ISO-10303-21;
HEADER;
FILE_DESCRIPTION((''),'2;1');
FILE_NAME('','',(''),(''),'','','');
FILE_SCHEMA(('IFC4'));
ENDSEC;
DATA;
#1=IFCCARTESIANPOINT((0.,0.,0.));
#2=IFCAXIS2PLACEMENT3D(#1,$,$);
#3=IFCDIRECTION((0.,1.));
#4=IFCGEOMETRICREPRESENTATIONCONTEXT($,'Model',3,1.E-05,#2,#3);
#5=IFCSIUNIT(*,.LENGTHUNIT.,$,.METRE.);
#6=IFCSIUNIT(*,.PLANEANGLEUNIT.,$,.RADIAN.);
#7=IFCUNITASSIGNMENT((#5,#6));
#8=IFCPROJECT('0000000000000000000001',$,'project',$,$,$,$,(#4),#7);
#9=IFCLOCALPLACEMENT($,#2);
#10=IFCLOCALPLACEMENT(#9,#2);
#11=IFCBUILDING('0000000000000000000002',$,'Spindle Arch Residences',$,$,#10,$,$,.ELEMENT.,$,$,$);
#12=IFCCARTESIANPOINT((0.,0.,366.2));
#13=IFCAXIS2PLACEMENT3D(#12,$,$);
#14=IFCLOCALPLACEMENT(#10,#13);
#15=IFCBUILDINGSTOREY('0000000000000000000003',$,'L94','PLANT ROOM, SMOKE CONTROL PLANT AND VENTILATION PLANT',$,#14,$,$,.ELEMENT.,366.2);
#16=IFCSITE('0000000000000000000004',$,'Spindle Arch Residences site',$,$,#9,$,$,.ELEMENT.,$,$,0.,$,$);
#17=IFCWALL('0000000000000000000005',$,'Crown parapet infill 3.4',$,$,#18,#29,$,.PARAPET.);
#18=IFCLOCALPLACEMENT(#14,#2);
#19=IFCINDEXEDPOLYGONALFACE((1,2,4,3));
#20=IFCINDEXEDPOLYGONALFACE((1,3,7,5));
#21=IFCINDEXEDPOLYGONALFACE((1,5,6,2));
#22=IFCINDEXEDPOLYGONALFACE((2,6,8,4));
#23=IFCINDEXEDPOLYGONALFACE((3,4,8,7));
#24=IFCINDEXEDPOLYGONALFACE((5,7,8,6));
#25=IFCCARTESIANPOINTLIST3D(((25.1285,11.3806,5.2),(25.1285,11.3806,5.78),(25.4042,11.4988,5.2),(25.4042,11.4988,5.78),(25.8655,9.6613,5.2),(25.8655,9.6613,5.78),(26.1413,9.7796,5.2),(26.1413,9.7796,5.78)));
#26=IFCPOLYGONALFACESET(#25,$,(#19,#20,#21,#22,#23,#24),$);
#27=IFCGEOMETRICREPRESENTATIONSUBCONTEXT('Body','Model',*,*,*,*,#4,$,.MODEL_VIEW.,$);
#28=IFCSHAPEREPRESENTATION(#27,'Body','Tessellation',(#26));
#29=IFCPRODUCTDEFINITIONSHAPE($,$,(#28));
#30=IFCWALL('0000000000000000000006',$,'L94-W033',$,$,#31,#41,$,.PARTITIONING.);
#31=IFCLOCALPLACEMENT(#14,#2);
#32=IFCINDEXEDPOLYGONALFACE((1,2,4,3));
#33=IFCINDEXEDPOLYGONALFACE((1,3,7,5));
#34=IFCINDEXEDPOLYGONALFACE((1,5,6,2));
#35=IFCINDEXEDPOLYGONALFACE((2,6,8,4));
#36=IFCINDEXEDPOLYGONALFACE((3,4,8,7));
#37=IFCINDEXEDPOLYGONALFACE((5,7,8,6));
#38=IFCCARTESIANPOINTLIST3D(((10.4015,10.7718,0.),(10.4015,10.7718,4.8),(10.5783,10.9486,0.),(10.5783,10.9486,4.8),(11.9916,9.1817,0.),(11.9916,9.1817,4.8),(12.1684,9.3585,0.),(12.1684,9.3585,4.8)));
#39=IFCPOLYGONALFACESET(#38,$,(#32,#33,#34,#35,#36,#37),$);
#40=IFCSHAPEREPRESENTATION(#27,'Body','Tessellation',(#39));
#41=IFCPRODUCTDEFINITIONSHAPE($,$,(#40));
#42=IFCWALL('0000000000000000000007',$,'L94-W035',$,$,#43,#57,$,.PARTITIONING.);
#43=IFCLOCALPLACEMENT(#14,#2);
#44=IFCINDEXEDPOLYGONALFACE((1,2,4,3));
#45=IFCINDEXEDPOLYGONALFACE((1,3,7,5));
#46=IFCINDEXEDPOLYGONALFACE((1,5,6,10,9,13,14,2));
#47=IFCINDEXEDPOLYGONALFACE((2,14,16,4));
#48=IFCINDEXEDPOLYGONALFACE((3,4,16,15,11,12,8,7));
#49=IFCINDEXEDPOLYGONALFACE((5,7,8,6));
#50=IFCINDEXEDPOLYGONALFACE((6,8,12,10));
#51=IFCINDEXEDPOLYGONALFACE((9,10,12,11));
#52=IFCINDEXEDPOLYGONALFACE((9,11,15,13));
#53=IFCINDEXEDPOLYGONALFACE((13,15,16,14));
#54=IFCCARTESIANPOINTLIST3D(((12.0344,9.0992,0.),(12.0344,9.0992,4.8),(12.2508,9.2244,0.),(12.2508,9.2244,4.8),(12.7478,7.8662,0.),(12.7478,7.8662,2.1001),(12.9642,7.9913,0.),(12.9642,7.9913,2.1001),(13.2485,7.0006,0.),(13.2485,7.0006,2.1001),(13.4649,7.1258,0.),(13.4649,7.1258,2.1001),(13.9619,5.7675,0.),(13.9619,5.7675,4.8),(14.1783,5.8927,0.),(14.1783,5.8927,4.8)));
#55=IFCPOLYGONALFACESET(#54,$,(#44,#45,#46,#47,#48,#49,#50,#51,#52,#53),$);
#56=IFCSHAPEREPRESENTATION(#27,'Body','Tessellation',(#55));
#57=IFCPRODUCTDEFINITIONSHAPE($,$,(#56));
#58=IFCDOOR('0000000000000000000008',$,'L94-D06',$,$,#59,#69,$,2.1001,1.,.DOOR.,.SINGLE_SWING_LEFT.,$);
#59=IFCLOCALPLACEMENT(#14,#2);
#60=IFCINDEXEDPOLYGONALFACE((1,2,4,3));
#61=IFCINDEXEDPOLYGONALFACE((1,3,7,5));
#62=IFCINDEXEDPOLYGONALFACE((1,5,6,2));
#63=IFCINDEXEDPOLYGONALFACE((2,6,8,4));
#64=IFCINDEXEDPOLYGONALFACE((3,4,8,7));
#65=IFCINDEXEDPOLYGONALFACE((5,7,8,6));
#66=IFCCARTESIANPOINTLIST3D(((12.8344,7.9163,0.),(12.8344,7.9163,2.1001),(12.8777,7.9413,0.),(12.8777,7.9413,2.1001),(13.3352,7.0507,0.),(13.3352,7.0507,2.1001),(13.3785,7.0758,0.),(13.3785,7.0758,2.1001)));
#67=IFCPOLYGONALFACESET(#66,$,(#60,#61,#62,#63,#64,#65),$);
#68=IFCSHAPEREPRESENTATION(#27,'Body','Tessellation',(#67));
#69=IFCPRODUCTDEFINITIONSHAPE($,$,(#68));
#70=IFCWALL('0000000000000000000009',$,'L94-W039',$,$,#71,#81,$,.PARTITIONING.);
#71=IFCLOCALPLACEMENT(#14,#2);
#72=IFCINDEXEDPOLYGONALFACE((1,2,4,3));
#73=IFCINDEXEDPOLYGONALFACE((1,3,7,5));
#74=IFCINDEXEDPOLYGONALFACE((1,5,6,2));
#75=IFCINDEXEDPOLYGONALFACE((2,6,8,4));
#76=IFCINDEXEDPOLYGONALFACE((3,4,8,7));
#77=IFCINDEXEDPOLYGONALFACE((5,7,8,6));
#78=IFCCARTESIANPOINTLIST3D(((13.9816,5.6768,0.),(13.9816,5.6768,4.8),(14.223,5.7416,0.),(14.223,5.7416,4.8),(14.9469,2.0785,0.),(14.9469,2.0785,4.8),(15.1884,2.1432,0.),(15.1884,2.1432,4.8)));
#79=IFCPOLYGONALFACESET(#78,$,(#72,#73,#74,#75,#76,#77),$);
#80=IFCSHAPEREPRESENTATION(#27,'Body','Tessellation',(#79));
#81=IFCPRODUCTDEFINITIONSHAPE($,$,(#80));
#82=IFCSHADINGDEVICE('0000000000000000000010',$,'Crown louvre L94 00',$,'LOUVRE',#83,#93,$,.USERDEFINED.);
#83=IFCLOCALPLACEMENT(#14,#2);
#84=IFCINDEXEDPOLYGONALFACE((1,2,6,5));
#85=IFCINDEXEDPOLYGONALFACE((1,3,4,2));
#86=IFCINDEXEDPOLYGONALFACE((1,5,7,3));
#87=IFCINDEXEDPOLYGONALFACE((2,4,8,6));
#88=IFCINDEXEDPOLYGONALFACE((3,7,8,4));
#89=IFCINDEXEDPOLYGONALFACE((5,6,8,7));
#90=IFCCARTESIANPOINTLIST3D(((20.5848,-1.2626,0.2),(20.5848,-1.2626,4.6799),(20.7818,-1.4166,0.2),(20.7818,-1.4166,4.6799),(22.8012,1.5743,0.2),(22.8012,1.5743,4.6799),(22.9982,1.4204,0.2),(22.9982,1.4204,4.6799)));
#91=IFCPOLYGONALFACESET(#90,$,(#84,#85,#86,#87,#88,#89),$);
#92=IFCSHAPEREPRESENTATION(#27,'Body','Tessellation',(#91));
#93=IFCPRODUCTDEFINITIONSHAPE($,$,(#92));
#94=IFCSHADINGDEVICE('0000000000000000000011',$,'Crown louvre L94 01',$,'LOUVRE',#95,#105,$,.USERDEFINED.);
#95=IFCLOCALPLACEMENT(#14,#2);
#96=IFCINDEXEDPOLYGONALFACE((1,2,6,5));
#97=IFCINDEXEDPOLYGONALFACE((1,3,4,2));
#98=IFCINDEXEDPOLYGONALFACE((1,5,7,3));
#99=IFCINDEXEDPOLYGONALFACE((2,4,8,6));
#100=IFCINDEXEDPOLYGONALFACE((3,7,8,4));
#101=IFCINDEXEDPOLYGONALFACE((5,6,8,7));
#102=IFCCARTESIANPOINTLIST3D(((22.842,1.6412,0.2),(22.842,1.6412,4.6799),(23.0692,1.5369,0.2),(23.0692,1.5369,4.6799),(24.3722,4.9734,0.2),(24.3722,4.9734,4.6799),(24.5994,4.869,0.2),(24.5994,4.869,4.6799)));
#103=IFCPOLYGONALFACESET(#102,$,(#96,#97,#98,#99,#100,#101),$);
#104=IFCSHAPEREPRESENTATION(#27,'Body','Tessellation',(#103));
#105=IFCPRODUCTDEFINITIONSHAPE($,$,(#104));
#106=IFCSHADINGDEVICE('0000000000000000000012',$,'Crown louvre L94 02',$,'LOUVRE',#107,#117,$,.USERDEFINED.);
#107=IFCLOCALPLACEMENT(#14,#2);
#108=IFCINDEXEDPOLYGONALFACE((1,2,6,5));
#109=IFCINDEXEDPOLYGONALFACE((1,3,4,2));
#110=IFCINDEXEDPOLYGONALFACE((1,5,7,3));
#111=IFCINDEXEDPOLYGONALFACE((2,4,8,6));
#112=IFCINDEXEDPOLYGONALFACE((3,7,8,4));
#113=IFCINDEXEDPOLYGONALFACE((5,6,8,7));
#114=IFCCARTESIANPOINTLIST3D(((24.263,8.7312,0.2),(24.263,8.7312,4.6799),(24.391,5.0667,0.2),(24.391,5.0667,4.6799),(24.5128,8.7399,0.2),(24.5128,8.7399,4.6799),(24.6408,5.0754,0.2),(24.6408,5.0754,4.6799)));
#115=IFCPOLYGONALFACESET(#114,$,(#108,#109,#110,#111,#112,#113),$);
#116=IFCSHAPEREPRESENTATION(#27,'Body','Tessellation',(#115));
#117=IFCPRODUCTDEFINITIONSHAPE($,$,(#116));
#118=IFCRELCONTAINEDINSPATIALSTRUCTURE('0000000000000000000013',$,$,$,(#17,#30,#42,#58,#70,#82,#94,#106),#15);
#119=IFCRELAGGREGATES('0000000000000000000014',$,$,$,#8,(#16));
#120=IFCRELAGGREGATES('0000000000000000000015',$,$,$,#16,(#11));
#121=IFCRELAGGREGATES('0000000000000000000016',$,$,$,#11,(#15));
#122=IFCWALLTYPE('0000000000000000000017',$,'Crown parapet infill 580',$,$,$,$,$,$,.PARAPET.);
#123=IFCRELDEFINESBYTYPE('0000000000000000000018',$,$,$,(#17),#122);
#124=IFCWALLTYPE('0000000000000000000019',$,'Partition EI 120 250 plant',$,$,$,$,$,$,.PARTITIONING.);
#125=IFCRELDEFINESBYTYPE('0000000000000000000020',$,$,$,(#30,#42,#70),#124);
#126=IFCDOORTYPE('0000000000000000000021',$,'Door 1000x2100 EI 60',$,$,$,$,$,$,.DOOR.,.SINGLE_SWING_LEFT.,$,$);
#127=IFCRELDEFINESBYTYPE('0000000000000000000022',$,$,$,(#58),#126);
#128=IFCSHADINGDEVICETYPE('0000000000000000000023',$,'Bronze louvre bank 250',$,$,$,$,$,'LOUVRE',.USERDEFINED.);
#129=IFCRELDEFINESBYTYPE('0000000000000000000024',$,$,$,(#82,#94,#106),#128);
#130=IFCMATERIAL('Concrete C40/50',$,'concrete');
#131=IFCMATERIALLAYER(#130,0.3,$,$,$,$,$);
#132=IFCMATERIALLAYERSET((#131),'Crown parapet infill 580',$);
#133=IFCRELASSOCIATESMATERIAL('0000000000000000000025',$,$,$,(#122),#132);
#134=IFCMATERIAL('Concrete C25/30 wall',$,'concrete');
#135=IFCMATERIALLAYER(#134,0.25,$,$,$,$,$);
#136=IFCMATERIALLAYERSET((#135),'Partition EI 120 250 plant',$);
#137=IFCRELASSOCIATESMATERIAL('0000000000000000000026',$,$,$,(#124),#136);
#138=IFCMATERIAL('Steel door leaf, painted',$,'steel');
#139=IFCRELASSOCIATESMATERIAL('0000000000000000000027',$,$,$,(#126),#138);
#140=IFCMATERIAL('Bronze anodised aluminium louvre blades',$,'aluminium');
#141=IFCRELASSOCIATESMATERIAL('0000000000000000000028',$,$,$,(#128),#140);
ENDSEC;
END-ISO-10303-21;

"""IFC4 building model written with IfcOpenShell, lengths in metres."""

from ifc_helpers import new_model, si_unit, direction, frame, frame_2d, origin, origin_2d, place, context, subcontext, project, spatial, rectangle, extrude, material, layer, layer_set, type_object, element, fill, save


model = new_model("IFC4")

# Units and contexts
model_context = context("Model", 3, precision=1e-05, world=origin(), true_north=direction((0.0, 1.0)))
body_context = subcontext(model_context, "Body", "Model", "MODEL_VIEW")
ifc_project = project(units=[si_unit("LENGTHUNIT", "METRE"), si_unit("PLANEANGLEUNIT", "RADIAN")], contexts=[model_context])

# Site, building, storey
site_placement = place(None, origin())
site = spatial("IfcSite", under=ifc_project, at=site_placement, Name="Spindle Arch Residences site", CompositionType="ELEMENT", RefElevation=0.0)
building_placement = place(site_placement, origin())
building = spatial("IfcBuilding", under=site, at=building_placement, Name="Spindle Arch Residences", CompositionType="ELEMENT")
storey_placement = place(building_placement, frame((0.0, 0.0, 366.2)))
storey = spatial("IfcBuildingStorey", under=building, at=storey_placement, Name="L94", Description="PLANT ROOM, SMOKE CONTROL PLANT AND VENTILATION PLANT", CompositionType="ELEMENT", Elevation=366.2)

# Walls
ifc_material_1 = material(Name="Concrete C40/50", Category="concrete")
ifc_layer_1 = layer(ifc_material_1, 0.3)
ifc_layer_set_1 = layer_set([ifc_layer_1], Name="Crown parapet infill 580")
wall_type_1 = type_object("IfcWallType", Name="Crown parapet infill 580", PredefinedType="PARAPET", material=ifc_layer_set_1)
wall_1_placement = place(storey_placement, frame((26.0034, 9.7205, 5.2), z_axis=(0.0, 0.0, 1.0), x_axis=(-0.39403, 0.919098, 0.0)))
element("IfcWall", 1, at=wall_1_placement, inside=storey, type_object=wall_type_1, Name="Crown parapet infill 3.4", PredefinedType="PARAPET", context=body_context, shape_type="SweptSolid", body=[
    extrude(rectangle(XDim=1.8706, YDim=0.3, at=frame_2d((0.9353, 0.0))), origin(), (0.0, 0.0, 1.0), 0.5801),
])
ifc_material_2 = material(Name="Concrete C25/30 wall", Category="concrete")
ifc_layer_2 = layer(ifc_material_2, 0.25)
ifc_layer_set_2 = layer_set([ifc_layer_2], Name="Partition EI 120 250 plant")
wall_type_2 = type_object("IfcWallType", Name="Partition EI 120 250 plant", PredefinedType="PARTITIONING", material=ifc_layer_set_2)
wall_2_placement = place(storey_placement, frame((12.0801, 9.27, 0.0), z_axis=(0.0, 0.0, 1.0), x_axis=(-0.707107, 0.707107, 0.0)))
element("IfcWall", 2, at=wall_2_placement, inside=storey, type_object=wall_type_2, Name="L94-W033", PredefinedType="PARTITIONING", context=body_context, shape_type="SweptSolid", body=[
    extrude(rectangle(XDim=2.2488, YDim=0.25, at=frame_2d((1.1245, 0.0))), origin(), (0.0, 0.0, 1.0), 4.8),
])

# Wall, opening, door
wall_3_placement = place(storey_placement, frame((14.0701, 5.8301, 0.0), z_axis=(0.0, 0.0, 1.0), x_axis=(-0.500756, 0.865588, 0.0)))
wall_3 = element("IfcWall", 3, at=wall_3_placement, inside=storey, type_object=wall_type_2, Name="L94-W035", PredefinedType="PARTITIONING", context=body_context, shape_type="SweptSolid", body=[
    extrude(rectangle(XDim=3.8491, YDim=0.25, at=frame_2d((1.9246, 0.0))), origin(), (0.0, 0.0, 1.0), 4.8),
])
opening_placement = place(wall_3_placement, frame((1.4246, 0.0, 0.0)))
opening = element("IfcOpeningElement", 4, at=opening_placement, cuts=wall_3, PredefinedType="OPENING", context=body_context, shape_type="SweptSolid", body=[
    extrude(rectangle(XDim=1.0, YDim=2.1001, at=frame_2d((0.5, 1.05))), frame((0.0, 0.135, 0.0), z_axis=(0.0, -1.0, 0.0), x_axis=(1.0, 0.0, 0.0)), (0.0, 0.0, 1.0), 0.27),
])
ifc_material_3 = material(Name="Steel door leaf, painted", Category="steel")
door_type = type_object("IfcDoorType", Name="Door 1000x2100 EI 60", OperationType="SINGLE_SWING_LEFT", PredefinedType="DOOR", material=ifc_material_3)
door_placement = place(opening_placement, origin())
door = element("IfcDoor", 5, at=door_placement, inside=storey, type_object=door_type, Name="L94-D06", OperationType="SINGLE_SWING_LEFT", OverallHeight=2.1001, OverallWidth=1.0, PredefinedType="DOOR", context=body_context, shape_type="SweptSolid", body=[
    extrude(rectangle(XDim=1.0, YDim=2.1001, at=frame_2d((0.5, 1.05))), frame((0.0, 0.0249, 0.0), z_axis=(0.0, -1.0, 0.0), x_axis=(1.0, 0.0, 0.0)), (0.0, 0.0, 1.0), 0.05),
])
fill(opening, door)

# Wall
wall_4_placement = place(storey_placement, frame((15.0676, 2.1108, 0.0), z_axis=(0.0, 0.0, 1.0), x_axis=(-0.259106, 0.965849, 0.0)))
element("IfcWall", 6, at=wall_4_placement, inside=storey, type_object=wall_type_2, Name="L94-W039", PredefinedType="PARTITIONING", context=body_context, shape_type="SweptSolid", body=[
    extrude(rectangle(XDim=3.7256, YDim=0.25, at=frame_2d((1.8628, 0.0))), origin(), (0.0, 0.0, 1.0), 4.8),
])

# Shading devices
ifc_material_4 = material(Name="Bronze anodised aluminium louvre blades", Category="aluminium")
shading_device_type = type_object("IfcShadingDeviceType", Name="Bronze louvre bank 250", ElementType="LOUVRE", PredefinedType="USERDEFINED", material=ifc_material_4)
shading_device_placement = place(storey_placement, frame((21.7915, 0.0789, 0.2), z_axis=(0.0, 0.0, 1.0), x_axis=(0.615661, 0.788011, 0.0)))
element("IfcShadingDevice", 7, at=shading_device_placement, inside=storey, type_object=shading_device_type, Name="Crown louvre L94 00", ObjectType="LOUVRE", PredefinedType="USERDEFINED", context=body_context, shape_type="SweptSolid", body=[
    extrude(rectangle(XDim=3.6001, YDim=0.25, at=origin_2d()), origin(), (0.0, 0.0, 1.0), 4.48),
])
for number, where, z_axis, x_axis, name in (
    (8, (23.7207, 3.2551, 0.2), (0.0, 0.0, 1.0), (0.417338, 0.908751, 0.0), "Crown louvre L94 01"),
    (9, (24.4519, 6.9033, 0.2), (0.0, 0.0, 1.0), (-0.034899, 0.999391, 0.0), "Crown louvre L94 02"),
):
    element("IfcShadingDevice", number, at=place(storey_placement, frame(where, z_axis=z_axis, x_axis=x_axis)), inside=storey, type_object=shading_device_type, Name=name, ObjectType="LOUVRE", PredefinedType="USERDEFINED", context=body_context, shape_type="SweptSolid", body=[
        extrude(rectangle(XDim=3.6667, YDim=0.25, at=origin_2d()), origin(), (0.0, 0.0, 1.0), 4.48),
    ])

save(model, "model.ifc")
